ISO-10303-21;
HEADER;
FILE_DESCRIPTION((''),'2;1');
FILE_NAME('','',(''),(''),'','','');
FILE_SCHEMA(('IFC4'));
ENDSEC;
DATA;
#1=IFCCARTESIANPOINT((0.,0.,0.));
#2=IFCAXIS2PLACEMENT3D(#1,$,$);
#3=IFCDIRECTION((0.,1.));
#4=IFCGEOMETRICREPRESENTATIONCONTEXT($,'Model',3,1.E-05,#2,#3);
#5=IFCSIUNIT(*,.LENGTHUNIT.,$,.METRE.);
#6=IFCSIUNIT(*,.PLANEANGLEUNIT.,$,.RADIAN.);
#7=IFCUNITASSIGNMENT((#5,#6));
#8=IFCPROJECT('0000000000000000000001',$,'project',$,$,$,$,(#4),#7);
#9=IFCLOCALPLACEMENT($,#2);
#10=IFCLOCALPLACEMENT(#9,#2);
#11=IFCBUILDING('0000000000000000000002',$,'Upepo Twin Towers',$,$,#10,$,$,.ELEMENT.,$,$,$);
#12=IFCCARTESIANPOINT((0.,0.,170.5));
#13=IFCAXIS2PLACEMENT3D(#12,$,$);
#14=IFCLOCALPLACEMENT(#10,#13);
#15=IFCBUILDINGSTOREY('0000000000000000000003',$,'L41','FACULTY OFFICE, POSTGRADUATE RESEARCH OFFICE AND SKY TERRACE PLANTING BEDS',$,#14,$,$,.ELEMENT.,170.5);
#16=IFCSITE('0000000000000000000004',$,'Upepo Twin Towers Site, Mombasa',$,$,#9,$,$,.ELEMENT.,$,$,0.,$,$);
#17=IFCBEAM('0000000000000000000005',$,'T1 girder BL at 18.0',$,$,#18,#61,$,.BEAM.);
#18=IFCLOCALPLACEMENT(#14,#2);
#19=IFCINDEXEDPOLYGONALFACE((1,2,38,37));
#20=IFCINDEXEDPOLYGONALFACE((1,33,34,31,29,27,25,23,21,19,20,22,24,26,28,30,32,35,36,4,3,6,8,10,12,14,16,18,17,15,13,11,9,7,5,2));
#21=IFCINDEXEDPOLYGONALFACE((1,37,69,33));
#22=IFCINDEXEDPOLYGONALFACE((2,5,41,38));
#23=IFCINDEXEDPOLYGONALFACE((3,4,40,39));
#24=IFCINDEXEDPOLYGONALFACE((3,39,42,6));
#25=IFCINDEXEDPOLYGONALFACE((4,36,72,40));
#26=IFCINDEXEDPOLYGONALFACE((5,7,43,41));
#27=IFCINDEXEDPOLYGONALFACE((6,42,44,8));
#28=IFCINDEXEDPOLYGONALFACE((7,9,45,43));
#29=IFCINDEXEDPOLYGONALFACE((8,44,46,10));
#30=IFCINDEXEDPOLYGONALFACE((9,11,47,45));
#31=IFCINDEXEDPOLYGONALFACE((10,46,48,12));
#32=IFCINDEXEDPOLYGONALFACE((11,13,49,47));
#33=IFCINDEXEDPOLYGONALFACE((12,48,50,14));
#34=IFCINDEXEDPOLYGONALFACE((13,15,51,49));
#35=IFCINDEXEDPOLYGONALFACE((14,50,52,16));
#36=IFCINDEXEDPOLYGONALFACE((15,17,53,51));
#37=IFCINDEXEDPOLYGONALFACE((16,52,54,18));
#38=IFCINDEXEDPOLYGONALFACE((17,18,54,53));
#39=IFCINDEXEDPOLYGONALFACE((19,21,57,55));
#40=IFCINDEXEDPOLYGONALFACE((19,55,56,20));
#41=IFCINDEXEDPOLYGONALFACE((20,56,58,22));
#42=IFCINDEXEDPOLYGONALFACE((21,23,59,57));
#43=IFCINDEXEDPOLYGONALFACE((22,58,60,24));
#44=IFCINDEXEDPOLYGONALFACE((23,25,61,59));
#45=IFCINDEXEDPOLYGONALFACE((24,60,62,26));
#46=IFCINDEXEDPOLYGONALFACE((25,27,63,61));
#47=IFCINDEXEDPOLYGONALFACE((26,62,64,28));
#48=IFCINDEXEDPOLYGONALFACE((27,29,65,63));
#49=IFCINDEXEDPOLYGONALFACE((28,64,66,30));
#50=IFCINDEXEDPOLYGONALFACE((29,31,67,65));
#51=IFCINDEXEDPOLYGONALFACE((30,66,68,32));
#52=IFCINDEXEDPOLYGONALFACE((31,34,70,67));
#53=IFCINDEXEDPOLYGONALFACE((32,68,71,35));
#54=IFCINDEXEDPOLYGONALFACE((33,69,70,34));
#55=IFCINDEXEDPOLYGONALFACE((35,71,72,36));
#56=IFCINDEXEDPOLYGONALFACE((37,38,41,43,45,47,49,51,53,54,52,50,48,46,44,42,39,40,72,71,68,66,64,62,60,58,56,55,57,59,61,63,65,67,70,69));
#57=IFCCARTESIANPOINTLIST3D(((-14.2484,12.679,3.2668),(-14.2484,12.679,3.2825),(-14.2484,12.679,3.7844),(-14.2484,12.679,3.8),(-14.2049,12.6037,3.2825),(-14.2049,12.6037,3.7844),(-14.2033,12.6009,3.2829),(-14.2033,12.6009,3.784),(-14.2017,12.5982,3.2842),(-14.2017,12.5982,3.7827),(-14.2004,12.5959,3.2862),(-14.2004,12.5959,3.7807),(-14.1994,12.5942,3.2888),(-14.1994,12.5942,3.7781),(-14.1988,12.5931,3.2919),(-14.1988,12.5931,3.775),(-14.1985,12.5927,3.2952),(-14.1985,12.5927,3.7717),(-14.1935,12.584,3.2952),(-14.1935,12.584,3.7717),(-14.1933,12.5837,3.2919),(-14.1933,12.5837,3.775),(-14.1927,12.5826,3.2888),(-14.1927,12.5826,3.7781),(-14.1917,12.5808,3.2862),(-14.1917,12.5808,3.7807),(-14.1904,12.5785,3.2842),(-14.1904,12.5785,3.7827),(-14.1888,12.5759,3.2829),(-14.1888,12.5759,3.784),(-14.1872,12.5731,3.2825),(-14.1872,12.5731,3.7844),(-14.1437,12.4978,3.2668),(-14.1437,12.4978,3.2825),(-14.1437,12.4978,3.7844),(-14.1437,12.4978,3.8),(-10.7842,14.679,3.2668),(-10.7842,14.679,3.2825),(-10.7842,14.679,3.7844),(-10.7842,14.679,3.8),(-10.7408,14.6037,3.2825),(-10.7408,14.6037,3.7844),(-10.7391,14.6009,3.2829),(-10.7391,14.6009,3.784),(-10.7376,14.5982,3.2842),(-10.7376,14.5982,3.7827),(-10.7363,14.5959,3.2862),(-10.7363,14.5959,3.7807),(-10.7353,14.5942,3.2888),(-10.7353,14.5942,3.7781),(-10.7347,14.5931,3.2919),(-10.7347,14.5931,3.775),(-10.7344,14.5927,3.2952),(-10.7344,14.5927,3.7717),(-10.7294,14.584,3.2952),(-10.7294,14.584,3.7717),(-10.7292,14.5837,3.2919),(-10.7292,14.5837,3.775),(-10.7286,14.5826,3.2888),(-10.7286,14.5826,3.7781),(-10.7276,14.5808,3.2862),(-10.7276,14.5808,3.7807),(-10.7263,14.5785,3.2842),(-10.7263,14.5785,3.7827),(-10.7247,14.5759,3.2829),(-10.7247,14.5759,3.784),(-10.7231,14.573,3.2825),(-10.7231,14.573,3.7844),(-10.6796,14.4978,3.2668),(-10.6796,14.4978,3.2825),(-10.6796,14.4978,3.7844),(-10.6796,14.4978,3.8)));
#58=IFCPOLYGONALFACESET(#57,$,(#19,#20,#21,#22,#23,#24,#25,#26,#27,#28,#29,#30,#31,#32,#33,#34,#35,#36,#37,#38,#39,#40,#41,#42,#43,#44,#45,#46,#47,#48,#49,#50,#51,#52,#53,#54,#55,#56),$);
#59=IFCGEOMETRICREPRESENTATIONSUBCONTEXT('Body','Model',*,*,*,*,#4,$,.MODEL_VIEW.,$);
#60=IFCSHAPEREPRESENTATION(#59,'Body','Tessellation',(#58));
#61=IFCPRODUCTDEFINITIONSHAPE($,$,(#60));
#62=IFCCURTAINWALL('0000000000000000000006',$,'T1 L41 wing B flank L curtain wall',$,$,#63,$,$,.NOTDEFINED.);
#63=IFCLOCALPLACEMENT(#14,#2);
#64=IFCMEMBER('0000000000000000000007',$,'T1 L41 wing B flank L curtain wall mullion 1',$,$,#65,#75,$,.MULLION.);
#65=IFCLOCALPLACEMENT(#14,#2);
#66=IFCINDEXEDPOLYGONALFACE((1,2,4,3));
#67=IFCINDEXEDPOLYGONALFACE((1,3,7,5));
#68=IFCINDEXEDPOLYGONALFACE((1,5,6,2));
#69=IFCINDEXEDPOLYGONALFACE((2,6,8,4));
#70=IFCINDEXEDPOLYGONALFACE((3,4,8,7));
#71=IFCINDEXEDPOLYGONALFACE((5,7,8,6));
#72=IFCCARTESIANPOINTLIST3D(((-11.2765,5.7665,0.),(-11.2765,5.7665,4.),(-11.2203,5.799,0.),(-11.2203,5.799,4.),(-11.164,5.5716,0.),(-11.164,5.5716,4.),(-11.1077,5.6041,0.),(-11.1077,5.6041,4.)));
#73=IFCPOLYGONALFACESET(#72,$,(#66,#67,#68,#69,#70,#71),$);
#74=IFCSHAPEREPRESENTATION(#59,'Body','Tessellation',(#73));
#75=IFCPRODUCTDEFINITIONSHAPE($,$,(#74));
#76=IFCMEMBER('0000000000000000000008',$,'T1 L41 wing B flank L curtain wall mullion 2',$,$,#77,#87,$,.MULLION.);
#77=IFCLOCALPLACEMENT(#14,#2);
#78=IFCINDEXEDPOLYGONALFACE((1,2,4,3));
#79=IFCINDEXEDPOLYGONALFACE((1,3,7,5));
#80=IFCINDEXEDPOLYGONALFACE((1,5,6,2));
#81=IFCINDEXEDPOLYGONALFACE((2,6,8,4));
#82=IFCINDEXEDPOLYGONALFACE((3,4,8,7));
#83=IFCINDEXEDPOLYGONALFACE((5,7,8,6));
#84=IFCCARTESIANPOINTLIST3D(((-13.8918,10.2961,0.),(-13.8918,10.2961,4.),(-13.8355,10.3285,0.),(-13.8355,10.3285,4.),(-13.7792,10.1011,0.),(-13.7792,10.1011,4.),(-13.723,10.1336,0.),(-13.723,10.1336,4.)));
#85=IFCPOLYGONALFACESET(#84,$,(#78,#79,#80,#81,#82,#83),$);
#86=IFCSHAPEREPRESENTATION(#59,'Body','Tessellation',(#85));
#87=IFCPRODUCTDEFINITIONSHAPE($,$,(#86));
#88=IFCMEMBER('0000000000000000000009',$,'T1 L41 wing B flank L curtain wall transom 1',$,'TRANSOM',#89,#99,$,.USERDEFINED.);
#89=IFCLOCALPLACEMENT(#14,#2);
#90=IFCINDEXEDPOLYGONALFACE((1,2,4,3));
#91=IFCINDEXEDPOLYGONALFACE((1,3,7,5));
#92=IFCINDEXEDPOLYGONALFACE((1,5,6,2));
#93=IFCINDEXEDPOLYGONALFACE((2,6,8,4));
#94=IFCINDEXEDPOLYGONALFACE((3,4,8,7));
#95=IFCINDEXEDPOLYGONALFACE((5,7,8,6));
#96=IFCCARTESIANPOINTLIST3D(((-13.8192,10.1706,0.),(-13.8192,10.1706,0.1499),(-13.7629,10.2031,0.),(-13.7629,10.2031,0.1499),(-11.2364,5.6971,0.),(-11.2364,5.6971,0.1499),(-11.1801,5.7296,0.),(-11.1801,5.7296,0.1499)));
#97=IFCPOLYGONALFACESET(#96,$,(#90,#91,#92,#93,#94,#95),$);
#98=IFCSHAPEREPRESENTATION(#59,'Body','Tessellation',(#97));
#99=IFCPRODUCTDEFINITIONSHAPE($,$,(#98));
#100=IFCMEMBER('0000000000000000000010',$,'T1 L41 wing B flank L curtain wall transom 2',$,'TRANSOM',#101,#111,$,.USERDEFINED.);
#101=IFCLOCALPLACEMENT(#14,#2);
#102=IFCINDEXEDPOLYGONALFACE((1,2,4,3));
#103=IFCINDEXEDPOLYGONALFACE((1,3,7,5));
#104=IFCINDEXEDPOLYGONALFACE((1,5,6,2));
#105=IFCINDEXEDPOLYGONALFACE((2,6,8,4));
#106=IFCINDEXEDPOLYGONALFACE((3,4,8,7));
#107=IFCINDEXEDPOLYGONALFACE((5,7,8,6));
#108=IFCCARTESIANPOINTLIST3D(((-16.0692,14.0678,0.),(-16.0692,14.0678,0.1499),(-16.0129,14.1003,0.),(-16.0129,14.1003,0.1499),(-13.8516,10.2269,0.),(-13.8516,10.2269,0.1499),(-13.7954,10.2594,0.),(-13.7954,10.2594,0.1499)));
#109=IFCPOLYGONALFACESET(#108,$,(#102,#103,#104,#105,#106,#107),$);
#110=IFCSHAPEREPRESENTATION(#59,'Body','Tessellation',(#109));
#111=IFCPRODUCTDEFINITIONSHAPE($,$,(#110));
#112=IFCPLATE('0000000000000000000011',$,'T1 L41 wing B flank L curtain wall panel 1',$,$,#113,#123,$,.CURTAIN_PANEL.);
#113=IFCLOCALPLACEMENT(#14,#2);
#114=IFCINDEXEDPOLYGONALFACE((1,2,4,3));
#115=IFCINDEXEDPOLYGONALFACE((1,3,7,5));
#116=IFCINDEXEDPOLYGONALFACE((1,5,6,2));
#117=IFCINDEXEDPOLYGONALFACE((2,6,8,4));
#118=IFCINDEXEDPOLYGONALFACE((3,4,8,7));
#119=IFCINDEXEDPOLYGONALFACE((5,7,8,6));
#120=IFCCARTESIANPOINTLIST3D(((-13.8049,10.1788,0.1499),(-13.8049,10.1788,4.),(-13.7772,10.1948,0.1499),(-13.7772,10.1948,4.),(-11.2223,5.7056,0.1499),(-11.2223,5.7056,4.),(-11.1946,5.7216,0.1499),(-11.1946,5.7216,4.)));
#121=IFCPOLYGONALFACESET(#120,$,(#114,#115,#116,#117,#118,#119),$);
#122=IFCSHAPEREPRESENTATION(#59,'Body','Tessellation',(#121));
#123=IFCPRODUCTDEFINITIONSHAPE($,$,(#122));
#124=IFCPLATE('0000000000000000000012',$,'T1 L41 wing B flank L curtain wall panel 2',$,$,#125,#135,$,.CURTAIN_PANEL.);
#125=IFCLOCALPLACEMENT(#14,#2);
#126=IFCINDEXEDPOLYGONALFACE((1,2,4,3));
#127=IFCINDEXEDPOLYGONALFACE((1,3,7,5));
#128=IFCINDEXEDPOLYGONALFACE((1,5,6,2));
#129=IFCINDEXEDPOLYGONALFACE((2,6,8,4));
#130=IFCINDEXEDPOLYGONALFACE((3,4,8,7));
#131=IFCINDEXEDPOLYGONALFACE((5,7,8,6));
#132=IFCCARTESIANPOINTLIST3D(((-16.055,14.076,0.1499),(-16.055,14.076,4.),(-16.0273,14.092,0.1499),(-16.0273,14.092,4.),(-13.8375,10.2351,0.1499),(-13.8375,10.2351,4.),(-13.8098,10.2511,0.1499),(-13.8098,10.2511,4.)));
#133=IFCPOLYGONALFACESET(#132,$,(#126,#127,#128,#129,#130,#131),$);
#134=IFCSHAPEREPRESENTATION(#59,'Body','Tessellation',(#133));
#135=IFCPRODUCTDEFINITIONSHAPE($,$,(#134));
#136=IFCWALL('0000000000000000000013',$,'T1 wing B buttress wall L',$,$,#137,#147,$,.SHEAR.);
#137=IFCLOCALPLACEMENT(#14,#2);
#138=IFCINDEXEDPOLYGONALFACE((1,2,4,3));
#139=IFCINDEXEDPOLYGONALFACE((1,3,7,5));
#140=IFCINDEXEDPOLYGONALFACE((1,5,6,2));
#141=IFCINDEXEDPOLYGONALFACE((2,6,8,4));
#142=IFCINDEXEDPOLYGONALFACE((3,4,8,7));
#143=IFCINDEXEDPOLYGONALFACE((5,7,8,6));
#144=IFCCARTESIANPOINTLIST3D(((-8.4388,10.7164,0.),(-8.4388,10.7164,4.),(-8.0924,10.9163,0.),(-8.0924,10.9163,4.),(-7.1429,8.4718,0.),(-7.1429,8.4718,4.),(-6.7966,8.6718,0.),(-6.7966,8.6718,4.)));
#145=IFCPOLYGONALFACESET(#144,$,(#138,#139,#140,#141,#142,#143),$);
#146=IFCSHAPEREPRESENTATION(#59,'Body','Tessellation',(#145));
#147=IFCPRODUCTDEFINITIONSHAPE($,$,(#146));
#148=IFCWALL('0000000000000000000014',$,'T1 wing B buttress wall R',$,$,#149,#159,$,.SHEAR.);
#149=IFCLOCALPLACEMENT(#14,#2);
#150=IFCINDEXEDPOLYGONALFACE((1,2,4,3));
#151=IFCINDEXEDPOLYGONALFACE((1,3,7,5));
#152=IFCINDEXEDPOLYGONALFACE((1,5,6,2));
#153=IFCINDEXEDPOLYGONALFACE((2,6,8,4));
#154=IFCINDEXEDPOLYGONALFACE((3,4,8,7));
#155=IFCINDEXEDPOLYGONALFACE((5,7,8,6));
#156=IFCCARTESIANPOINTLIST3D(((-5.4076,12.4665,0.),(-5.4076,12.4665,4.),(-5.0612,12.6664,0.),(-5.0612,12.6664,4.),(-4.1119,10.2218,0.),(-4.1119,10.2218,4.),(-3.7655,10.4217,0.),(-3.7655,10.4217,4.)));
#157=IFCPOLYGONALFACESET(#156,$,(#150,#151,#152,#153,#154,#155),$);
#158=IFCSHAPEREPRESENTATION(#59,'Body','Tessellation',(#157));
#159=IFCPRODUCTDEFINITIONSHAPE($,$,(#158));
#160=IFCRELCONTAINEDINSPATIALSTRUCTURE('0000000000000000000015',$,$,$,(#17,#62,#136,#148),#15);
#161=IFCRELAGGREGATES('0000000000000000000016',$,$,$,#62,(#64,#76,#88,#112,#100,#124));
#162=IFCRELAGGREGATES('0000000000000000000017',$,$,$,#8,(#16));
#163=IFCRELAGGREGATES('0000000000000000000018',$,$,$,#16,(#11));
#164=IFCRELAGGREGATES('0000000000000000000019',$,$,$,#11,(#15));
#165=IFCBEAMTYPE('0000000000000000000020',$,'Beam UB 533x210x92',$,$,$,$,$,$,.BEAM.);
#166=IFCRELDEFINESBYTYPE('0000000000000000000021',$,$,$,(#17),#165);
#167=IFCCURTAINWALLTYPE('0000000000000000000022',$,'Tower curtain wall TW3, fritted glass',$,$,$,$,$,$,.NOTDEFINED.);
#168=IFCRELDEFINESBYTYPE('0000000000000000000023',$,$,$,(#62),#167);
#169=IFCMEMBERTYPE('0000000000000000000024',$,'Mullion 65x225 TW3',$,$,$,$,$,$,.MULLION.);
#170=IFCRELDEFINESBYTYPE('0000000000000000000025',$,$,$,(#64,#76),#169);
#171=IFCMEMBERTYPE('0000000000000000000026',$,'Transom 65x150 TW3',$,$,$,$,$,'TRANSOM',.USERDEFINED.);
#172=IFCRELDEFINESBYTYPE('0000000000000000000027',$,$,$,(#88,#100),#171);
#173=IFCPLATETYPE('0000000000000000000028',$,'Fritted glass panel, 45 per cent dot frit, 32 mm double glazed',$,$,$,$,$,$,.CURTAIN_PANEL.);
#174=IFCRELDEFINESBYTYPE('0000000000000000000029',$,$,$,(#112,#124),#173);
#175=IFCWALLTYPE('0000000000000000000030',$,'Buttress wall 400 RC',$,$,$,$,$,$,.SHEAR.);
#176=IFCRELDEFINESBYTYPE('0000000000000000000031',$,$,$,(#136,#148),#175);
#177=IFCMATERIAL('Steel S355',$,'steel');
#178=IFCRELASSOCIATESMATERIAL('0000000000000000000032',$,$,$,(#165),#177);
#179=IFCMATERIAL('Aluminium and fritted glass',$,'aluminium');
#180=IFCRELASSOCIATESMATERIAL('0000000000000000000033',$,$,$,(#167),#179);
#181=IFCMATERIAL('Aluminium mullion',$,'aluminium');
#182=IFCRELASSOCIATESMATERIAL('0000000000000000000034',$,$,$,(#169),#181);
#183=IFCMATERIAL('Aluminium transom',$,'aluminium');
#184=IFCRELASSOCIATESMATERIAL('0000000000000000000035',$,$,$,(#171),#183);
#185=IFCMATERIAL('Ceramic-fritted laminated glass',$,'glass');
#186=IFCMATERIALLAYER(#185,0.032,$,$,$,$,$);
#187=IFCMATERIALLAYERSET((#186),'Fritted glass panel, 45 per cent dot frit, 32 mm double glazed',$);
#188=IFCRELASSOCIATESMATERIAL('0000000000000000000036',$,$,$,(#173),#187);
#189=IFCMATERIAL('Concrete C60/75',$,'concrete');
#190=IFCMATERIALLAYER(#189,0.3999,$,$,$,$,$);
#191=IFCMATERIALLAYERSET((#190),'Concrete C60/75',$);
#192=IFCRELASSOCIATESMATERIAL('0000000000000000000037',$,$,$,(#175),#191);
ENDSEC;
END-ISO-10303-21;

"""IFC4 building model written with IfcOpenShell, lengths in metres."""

from ifc_helpers import new_model, si_unit, direction, frame, frame_2d, origin, origin_2d, place, context, subcontext, project, spatial, rectangle, i_section, extrude, material, layer, layer_set, material_profile, profile_set, type_object, element, aggregate, save


model = new_model("IFC4")

# Units and contexts
model_context = context("Model", 3, precision=1e-05, world=origin(), true_north=direction((0.0, 1.0)))
body_context = subcontext(model_context, "Body", "Model", "MODEL_VIEW")
ifc_project = project(units=[si_unit("LENGTHUNIT", "METRE"), si_unit("PLANEANGLEUNIT", "RADIAN")], contexts=[model_context])

# Site, building, storey
site_placement = place(None, origin())
site = spatial("IfcSite", under=ifc_project, at=site_placement, Name="Upepo Twin Towers Site, Mombasa", CompositionType="ELEMENT", RefElevation=0.0)
building_placement = place(site_placement, origin())
building = spatial("IfcBuilding", under=site, at=building_placement, Name="Upepo Twin Towers", CompositionType="ELEMENT")
storey_placement = place(building_placement, frame((0.0, 0.0, 170.5)))
storey = spatial("IfcBuildingStorey", under=building, at=storey_placement, Name="L41", Description="FACULTY OFFICE, POSTGRADUATE RESEARCH OFFICE AND SKY TERRACE PLANTING BEDS", CompositionType="ELEMENT", Elevation=170.5)

# Beam
ifc_material_1 = material(Name="Steel S355", Category="steel")
ifc_material_profile_1 = material_profile(ifc_material_1, i_section(OverallWidth=0.2092, OverallDepth=0.5332, WebThickness=0.01, FlangeThickness=0.0156, FilletRadius=0.0127, at=origin_2d()), Name="UB 533x210x92")
ifc_profile_set_1 = profile_set([ifc_material_profile_1], Name="Steel S355")
beam_type_1 = type_object("IfcBeamType", Name="Beam UB 533x210x92", PredefinedType="BEAM", material=ifc_profile_set_1)
for number, where, z_axis, x_axis, name in (
    (1, (-14.196, 12.5884, 3.5334), (0.866026, 0.499999, 0.0), (-0.499999, 0.866026, 0.0), "T1 girder BL at 18.0"),
):
    element("IfcBeam", number, at=place(storey_placement, frame(where, z_axis=z_axis, x_axis=x_axis)), inside=storey, type_object=beam_type_1, Name=name, PredefinedType="BEAM", context=body_context, shape_type="SweptSolid", body=[
        extrude(i_section(OverallWidth=0.2092, OverallDepth=0.5332, WebThickness=0.01, FlangeThickness=0.0156, FilletRadius=0.0127, at=origin_2d()), origin(), (0.0, 0.0, 1.0), 4.0),
    ])

# Curtain wall, members, plates
ifc_material_2 = material(Name="Aluminium and fritted glass", Category="aluminium")
curtain_wall_type = type_object("IfcCurtainWallType", Name="Tower curtain wall TW3, fritted glass", PredefinedType="NOTDEFINED", material=ifc_material_2)
curtain_wall_placement = place(storey_placement, origin())
curtain_wall = element("IfcCurtainWall", 2, at=curtain_wall_placement, inside=storey, type_object=curtain_wall_type, Name="T1 L41 wing B flank L curtain wall", PredefinedType="NOTDEFINED")
ifc_material_3 = material(Name="Aluminium mullion", Category="aluminium")
ifc_material_profile_2 = material_profile(ifc_material_3, rectangle(XDim=0.0649, YDim=0.2251, at=origin_2d()), Name="MULLION 65x225")
ifc_profile_set_2 = profile_set([ifc_material_profile_2], Name="Aluminium mullion")
member_type_1 = type_object("IfcMemberType", Name="Mullion 65x225 TW3", PredefinedType="MULLION", material=ifc_profile_set_2)
member_1_placement = place(storey_placement, frame((-11.1921, 5.6853, 0.0), z_axis=(0.0, 0.0, 1.0), x_axis=(-0.866025, -0.5, 0.0)))
member_1 = element("IfcMember", 3, at=member_1_placement, type_object=member_type_1, Name="T1 L41 wing B flank L curtain wall mullion 1", PredefinedType="MULLION", context=body_context, shape_type="SweptSolid", body=[
    extrude(rectangle(XDim=0.0649, YDim=0.2251, at=origin_2d()), origin(), (0.0, 0.0, 1.0), 4.0),
])
member_2_placement = place(storey_placement, frame((-13.8074, 10.2148, 0.0), z_axis=(0.0, 0.0, 1.0), x_axis=(-0.866025, -0.5, 0.0)))
member_2 = element("IfcMember", 4, at=member_2_placement, type_object=member_type_1, Name="T1 L41 wing B flank L curtain wall mullion 2", PredefinedType="MULLION", context=body_context, shape_type="SweptSolid", body=[
    extrude(rectangle(XDim=0.0649, YDim=0.2251, at=origin_2d()), origin(), (0.0, 0.0, 1.0), 4.0),
])
ifc_material_4 = material(Name="Aluminium transom", Category="aluminium")
ifc_material_profile_3 = material_profile(ifc_material_4, rectangle(XDim=0.0649, YDim=0.1499, at=origin_2d()), Name="TRANSOM 65x150")
ifc_profile_set_3 = profile_set([ifc_material_profile_3], Name="Aluminium transom")
member_type_2 = type_object("IfcMemberType", Name="Transom 65x150 TW3", ElementType="TRANSOM", PredefinedType="USERDEFINED", material=ifc_profile_set_3)
member_3_placement = place(storey_placement, frame((-11.2083, 5.7134, 0.075), z_axis=(-0.500007, 0.866021, 0.0), x_axis=(-0.866021, -0.500007, 0.0)))
member_3 = element("IfcMember", 5, at=member_3_placement, type_object=member_type_2, Name="T1 L41 wing B flank L curtain wall transom 1", ObjectType="TRANSOM", PredefinedType="USERDEFINED", context=body_context, shape_type="SweptSolid", body=[
    extrude(rectangle(XDim=0.0649, YDim=0.1499, at=origin_2d()), origin(), (0.0, 0.0, 1.0), 5.1655),
])
member_4_placement = place(storey_placement, frame((-13.8235, 10.2432, 0.075), z_axis=(-0.500005, 0.866022, 0.0), x_axis=(-0.866022, -0.500005, 0.0)))
member_4 = element("IfcMember", 6, at=member_4_placement, type_object=member_type_2, Name="T1 L41 wing B flank L curtain wall transom 2", ObjectType="TRANSOM", PredefinedType="USERDEFINED", context=body_context, shape_type="SweptSolid", body=[
    extrude(rectangle(XDim=0.0649, YDim=0.1499, at=origin_2d()), origin(), (0.0, 0.0, 1.0), 4.4351),
])
ifc_material_5 = material(Name="Ceramic-fritted laminated glass", Category="glass")
ifc_layer_1 = layer(ifc_material_5, 0.032)
ifc_layer_set_1 = layer_set([ifc_layer_1], Name="Fritted glass panel, 45 per cent dot frit, 32 mm double glazed")
plate_type = type_object("IfcPlateType", Name="Fritted glass panel, 45 per cent dot frit, 32 mm double glazed", PredefinedType="CURTAIN_PANEL", material=ifc_layer_set_1)
plate_1_placement = place(storey_placement, frame((-12.4998, 7.9502, 0.1499), z_axis=(0.0, 0.0, 1.0), x_axis=(-0.5, 0.866025, 0.0)))
plate_1 = element("IfcPlate", 7, at=plate_1_placement, type_object=plate_type, Name="T1 L41 wing B flank L curtain wall panel 1", PredefinedType="CURTAIN_PANEL", context=body_context, shape_type="SweptSolid", body=[
    extrude(rectangle(XDim=5.1653, YDim=0.032, at=origin_2d()), origin(), (0.0, 0.0, 1.0), 3.8501),
])
plate_2_placement = place(storey_placement, frame((-14.9324, 12.1636, 0.1499), z_axis=(0.0, 0.0, 1.0), x_axis=(-0.5, 0.866025, 0.0)))
plate_2 = element("IfcPlate", 8, at=plate_2_placement, type_object=plate_type, Name="T1 L41 wing B flank L curtain wall panel 2", PredefinedType="CURTAIN_PANEL", context=body_context, shape_type="SweptSolid", body=[
    extrude(rectangle(XDim=4.4351, YDim=0.032, at=origin_2d()), origin(), (0.0, 0.0, 1.0), 3.8501),
])
aggregate(curtain_wall, [member_1, member_2, member_3, plate_1, member_4, plate_2])

# Walls
ifc_material_6 = material(Name="Concrete C60/75", Category="concrete")
ifc_layer_2 = layer(ifc_material_6, 0.3999)
ifc_layer_set_2 = layer_set([ifc_layer_2], Name="Concrete C60/75")
wall_type_1 = type_object("IfcWallType", Name="Buttress wall 400 RC", PredefinedType="SHEAR", material=ifc_layer_set_2)
for number, where, z_axis, x_axis, name in (
    (9, (-6.9697, 8.5718, 0.0), (0.0, 0.0, 1.0), (-0.499989, 0.866032, 0.0), "T1 wing B buttress wall L"),
    (10, (-3.9387, 10.3218, 0.0), (0.0, 0.0, 1.0), (-0.499918, 0.866073, 0.0), "T1 wing B buttress wall R"),
):
    element("IfcWall", number, at=place(storey_placement, frame(where, z_axis=z_axis, x_axis=x_axis)), inside=storey, type_object=wall_type_1, Name=name, PredefinedType="SHEAR", context=body_context, shape_type="SweptSolid", body=[
        extrude(rectangle(XDim=2.5918, YDim=0.3999, at=frame_2d((1.2959, 0.0))), origin(), (0.0, 0.0, 1.0), 4.0),
    ])

save(model, "model.ifc")
